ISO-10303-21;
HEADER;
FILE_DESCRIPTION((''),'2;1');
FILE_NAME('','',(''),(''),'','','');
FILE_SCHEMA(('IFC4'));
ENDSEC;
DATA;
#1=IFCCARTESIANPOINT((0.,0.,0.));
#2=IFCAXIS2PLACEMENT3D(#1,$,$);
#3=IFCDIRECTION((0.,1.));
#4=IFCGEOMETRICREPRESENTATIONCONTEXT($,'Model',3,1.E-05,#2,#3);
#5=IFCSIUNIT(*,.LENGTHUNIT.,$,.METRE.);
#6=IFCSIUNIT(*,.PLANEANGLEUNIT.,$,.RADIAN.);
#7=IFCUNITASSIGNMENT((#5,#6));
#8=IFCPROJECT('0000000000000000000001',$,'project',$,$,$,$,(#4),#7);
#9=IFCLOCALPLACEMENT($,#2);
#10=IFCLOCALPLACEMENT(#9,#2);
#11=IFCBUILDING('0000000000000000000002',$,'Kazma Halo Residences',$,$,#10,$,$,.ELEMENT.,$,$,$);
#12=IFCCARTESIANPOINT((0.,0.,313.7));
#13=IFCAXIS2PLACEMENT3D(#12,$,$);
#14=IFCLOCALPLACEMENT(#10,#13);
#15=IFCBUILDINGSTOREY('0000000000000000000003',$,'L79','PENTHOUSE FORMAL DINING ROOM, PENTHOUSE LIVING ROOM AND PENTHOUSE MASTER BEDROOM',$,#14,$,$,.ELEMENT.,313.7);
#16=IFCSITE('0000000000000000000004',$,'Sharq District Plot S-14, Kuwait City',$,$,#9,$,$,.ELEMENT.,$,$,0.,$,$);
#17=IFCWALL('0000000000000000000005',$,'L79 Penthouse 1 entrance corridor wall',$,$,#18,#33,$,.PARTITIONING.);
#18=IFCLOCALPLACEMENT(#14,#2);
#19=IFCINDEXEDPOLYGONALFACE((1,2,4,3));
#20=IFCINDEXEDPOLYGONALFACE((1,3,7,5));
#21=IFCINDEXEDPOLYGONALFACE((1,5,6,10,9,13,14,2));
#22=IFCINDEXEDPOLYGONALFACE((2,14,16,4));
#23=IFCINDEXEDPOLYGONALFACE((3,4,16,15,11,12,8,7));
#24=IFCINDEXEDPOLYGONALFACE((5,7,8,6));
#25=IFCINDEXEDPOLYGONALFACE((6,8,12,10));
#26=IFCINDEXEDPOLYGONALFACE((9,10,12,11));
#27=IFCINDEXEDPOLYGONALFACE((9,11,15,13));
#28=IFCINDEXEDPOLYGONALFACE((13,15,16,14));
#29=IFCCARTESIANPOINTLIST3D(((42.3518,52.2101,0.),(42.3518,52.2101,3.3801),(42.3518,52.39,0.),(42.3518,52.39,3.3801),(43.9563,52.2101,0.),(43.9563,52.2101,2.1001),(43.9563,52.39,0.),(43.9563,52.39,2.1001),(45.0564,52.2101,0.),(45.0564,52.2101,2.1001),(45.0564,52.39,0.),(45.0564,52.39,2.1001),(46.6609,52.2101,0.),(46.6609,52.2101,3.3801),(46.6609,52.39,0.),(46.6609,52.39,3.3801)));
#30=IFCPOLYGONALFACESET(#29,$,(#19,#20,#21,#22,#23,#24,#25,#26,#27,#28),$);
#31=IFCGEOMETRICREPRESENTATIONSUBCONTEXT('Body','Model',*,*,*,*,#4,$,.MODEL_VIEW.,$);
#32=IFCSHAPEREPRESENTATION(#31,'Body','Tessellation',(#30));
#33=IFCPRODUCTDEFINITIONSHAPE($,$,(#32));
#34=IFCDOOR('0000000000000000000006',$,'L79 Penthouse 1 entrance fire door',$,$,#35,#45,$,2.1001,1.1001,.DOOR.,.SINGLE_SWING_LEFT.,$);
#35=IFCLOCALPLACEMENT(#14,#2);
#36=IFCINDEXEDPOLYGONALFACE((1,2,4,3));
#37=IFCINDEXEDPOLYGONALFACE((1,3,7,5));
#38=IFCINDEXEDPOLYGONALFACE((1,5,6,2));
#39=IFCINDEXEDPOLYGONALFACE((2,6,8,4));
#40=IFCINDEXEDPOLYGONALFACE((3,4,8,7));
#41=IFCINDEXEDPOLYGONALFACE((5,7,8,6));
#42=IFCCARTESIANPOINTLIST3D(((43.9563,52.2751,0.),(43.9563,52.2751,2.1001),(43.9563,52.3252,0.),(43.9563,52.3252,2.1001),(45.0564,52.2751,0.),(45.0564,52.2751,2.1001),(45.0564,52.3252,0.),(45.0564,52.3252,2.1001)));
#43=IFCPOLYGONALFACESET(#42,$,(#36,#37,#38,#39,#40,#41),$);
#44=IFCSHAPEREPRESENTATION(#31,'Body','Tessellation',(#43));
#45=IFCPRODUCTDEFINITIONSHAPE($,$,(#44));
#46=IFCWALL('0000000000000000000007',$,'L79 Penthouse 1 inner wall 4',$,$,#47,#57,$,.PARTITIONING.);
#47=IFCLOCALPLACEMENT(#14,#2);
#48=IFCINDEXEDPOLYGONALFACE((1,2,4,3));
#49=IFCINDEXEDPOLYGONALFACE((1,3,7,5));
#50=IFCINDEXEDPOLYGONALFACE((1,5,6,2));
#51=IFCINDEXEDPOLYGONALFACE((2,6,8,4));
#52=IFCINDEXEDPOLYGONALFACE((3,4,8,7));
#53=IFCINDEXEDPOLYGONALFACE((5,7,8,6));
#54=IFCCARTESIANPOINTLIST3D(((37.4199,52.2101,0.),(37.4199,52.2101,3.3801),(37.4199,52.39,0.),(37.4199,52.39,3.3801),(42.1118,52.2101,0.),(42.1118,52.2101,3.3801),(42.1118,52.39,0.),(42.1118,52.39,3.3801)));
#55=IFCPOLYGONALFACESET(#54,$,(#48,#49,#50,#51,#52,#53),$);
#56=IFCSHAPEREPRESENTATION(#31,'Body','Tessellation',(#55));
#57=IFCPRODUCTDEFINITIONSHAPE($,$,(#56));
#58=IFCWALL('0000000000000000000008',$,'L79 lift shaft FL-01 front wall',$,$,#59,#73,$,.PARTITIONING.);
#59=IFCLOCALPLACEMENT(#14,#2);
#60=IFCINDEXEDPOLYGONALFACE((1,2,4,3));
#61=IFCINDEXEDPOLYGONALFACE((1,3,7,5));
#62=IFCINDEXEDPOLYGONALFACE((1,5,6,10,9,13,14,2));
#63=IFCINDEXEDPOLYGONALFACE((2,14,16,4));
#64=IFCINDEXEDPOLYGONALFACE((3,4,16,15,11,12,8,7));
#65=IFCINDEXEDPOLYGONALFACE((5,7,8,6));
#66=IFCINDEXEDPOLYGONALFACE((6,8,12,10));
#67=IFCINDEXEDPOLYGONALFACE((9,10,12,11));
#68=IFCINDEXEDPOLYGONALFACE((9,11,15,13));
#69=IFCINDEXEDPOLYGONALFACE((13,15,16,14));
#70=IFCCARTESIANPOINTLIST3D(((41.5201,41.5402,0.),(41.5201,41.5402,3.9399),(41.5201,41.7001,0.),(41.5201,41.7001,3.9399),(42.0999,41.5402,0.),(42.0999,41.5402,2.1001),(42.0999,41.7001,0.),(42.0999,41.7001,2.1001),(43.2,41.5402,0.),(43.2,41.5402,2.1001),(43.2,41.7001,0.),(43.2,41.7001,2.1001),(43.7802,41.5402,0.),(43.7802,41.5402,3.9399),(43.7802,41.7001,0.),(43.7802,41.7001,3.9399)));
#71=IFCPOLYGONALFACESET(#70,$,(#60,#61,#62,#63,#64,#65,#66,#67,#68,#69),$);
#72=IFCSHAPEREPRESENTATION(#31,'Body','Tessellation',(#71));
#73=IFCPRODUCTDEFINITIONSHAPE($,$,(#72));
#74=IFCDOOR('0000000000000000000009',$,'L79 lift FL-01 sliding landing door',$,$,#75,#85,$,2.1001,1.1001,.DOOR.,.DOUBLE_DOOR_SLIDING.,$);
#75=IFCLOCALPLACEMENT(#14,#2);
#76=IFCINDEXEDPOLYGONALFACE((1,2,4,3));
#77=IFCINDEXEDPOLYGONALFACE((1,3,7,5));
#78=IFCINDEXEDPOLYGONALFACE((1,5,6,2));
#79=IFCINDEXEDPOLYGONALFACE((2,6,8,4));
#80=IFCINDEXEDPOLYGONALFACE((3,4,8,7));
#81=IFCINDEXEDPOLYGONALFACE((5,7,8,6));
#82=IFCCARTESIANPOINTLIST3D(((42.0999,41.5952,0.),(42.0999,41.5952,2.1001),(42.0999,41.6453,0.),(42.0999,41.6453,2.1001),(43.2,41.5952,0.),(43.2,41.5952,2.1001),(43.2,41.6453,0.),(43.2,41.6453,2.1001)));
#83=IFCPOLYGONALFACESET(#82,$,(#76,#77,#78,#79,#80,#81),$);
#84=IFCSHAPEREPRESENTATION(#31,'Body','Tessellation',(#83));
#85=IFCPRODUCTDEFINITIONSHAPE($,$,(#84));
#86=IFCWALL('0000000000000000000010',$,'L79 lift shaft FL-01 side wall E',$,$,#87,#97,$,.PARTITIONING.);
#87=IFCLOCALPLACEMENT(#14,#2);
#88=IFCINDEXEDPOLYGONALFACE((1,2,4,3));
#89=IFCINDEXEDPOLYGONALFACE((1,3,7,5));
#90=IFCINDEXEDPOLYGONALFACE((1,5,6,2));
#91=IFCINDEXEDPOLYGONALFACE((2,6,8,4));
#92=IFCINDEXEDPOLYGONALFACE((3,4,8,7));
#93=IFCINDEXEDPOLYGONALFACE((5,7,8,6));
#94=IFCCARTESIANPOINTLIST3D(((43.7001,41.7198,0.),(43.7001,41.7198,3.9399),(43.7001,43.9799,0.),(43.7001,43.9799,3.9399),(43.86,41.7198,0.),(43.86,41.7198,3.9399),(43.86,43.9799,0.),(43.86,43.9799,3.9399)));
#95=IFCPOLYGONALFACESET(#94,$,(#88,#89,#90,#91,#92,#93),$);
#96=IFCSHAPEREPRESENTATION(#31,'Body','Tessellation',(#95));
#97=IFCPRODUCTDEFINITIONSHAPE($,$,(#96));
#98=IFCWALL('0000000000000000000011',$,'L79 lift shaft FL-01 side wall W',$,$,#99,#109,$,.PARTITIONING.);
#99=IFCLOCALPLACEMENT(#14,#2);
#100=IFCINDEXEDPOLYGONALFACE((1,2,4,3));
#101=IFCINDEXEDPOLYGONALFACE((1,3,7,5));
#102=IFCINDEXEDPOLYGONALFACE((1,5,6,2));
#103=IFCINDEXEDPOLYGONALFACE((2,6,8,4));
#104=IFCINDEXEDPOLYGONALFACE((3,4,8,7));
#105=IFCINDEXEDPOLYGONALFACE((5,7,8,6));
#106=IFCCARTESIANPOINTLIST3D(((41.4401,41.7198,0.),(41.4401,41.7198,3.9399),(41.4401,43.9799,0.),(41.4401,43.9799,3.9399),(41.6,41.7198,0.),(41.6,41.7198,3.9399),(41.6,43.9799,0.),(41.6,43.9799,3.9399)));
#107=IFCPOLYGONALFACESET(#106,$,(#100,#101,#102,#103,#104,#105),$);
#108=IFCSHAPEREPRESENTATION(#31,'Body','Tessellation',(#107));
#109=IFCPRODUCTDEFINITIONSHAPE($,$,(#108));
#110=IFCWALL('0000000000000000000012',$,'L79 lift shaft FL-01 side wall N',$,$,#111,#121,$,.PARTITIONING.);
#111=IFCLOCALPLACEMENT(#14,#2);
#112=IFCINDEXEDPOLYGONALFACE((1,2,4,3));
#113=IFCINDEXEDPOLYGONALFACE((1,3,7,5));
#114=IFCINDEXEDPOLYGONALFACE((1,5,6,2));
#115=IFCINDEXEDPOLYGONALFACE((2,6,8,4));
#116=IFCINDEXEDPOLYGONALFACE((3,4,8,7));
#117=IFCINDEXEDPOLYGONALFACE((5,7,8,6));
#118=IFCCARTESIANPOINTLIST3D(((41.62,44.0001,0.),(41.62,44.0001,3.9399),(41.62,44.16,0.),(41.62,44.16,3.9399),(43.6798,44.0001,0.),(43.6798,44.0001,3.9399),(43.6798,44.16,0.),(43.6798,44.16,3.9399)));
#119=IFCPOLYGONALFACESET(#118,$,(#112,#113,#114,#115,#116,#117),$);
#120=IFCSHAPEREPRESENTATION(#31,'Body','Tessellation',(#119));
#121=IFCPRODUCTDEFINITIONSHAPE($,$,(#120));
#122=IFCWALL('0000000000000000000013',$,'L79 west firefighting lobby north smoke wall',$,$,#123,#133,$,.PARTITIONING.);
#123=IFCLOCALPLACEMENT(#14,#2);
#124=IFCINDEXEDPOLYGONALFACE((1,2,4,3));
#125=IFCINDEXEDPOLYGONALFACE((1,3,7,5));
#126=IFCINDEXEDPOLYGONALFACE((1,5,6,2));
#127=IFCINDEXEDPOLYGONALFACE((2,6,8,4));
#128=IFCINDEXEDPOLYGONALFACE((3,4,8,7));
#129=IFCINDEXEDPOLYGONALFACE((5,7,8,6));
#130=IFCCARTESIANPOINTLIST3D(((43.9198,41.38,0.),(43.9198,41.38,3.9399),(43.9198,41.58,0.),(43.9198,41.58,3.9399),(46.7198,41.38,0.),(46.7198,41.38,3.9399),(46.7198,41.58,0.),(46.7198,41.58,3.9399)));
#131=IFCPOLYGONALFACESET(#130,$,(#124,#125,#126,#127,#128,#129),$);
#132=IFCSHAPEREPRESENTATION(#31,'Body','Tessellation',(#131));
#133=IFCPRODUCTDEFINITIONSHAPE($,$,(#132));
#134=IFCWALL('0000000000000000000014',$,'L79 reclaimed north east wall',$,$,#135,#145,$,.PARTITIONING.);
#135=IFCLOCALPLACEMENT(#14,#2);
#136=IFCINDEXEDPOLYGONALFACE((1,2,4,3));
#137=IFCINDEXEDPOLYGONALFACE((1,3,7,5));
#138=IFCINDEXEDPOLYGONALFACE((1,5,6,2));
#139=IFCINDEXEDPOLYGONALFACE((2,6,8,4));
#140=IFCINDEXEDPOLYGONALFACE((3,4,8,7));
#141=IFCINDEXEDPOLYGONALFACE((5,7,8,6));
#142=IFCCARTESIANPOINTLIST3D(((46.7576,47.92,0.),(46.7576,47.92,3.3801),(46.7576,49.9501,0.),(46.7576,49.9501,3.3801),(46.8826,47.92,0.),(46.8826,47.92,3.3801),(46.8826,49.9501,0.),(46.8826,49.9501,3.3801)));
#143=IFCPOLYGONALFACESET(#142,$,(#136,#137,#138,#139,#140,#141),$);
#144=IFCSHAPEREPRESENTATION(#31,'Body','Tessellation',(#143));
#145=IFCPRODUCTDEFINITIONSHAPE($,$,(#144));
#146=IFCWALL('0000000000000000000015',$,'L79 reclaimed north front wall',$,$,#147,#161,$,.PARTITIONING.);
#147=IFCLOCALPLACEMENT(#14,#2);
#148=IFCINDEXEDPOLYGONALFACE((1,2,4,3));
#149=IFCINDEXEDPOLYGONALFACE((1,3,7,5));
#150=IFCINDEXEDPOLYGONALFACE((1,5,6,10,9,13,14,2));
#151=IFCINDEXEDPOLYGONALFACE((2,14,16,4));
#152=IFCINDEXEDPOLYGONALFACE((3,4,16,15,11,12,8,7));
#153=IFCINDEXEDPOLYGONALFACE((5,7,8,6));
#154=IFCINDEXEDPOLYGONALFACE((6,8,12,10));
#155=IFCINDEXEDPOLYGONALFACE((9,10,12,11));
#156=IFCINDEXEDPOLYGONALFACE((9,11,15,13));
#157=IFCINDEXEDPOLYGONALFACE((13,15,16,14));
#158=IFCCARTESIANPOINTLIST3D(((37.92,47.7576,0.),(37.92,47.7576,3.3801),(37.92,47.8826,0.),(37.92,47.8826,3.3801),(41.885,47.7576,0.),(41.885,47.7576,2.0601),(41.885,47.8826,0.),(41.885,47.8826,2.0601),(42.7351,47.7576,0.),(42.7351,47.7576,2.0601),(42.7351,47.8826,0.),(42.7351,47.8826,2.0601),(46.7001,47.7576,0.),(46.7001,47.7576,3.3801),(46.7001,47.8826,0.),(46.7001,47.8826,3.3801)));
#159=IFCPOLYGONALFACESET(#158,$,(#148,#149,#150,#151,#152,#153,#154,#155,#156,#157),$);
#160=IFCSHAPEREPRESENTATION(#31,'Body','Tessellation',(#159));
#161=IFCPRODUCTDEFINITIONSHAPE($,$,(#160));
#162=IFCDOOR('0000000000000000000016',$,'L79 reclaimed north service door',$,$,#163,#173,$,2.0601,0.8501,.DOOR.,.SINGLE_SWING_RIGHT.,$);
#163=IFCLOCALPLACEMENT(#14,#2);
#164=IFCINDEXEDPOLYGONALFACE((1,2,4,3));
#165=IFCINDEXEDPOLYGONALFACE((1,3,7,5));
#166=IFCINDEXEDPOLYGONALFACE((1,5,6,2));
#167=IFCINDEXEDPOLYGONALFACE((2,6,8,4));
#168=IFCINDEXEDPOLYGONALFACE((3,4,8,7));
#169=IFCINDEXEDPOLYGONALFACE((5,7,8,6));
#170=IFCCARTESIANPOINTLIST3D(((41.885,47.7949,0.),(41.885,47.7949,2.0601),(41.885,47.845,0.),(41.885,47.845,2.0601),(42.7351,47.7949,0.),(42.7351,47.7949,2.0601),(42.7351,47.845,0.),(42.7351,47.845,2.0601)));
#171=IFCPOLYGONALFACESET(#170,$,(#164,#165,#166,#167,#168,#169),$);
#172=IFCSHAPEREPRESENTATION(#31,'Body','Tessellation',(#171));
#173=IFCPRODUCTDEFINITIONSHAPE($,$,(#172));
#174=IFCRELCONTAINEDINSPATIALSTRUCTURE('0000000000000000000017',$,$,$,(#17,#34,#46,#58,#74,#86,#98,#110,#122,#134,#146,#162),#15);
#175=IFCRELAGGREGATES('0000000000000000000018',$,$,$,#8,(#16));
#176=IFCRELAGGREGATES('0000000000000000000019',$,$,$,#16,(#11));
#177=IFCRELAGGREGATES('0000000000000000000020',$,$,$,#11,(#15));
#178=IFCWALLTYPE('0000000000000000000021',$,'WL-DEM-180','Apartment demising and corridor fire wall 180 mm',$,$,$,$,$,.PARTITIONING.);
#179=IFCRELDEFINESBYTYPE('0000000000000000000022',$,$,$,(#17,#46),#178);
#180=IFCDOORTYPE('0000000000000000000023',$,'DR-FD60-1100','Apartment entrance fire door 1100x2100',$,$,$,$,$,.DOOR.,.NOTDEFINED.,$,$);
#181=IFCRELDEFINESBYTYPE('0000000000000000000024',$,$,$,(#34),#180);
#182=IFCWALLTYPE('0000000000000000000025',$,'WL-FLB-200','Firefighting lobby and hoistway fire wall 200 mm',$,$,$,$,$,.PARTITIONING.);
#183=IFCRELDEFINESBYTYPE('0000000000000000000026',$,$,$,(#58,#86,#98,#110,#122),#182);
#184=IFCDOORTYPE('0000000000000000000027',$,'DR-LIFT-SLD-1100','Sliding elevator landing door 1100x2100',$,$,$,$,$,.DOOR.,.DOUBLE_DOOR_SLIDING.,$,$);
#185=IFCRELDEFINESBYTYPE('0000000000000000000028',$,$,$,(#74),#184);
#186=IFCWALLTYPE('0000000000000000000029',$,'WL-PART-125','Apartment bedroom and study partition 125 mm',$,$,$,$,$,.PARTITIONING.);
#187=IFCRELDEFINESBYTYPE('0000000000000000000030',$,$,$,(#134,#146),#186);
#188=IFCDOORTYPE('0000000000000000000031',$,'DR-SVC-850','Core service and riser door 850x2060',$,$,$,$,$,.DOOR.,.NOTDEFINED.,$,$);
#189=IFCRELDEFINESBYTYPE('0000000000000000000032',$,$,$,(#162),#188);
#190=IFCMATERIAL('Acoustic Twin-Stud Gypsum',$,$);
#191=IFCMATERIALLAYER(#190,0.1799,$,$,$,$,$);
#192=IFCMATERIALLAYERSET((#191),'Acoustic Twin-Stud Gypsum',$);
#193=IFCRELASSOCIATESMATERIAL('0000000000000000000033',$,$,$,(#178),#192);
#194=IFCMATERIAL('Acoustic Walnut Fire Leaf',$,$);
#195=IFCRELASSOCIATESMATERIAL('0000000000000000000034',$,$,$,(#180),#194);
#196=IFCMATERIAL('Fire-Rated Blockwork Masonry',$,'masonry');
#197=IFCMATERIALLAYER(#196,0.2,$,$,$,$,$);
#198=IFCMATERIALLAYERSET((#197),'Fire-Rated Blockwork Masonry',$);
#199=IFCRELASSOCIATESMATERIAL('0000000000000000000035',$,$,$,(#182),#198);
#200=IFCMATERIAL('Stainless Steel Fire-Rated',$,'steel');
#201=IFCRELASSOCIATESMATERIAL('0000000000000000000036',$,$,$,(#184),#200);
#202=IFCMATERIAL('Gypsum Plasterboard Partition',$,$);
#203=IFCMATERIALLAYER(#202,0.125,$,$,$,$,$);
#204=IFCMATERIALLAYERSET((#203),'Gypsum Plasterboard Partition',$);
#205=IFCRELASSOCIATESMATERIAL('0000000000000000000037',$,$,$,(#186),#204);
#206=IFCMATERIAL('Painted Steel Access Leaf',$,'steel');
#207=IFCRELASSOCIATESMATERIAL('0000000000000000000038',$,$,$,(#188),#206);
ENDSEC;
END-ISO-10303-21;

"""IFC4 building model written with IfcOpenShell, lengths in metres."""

from ifc_helpers import new_model, si_unit, direction, frame, frame_2d, origin, place, context, subcontext, project, spatial, rectangle, extrude, material, layer, layer_set, type_object, element, fill, save


model = new_model("IFC4")

# Units and contexts
model_context = context("Model", 3, precision=1e-05, world=origin(), true_north=direction((0.0, 1.0)))
body_context = subcontext(model_context, "Body", "Model", "MODEL_VIEW")
ifc_project = project(units=[si_unit("LENGTHUNIT", "METRE"), si_unit("PLANEANGLEUNIT", "RADIAN")], contexts=[model_context])

# Site, building, storey
site_placement = place(None, origin())
site = spatial("IfcSite", under=ifc_project, at=site_placement, Name="Sharq District Plot S-14, Kuwait City", CompositionType="ELEMENT", RefElevation=0.0)
building_placement = place(site_placement, origin())
building = spatial("IfcBuilding", under=site, at=building_placement, Name="Kazma Halo Residences", CompositionType="ELEMENT")
storey_placement = place(building_placement, frame((0.0, 0.0, 313.7)))
storey = spatial("IfcBuildingStorey", under=building, at=storey_placement, Name="L79", Description="PENTHOUSE FORMAL DINING ROOM, PENTHOUSE LIVING ROOM AND PENTHOUSE MASTER BEDROOM", CompositionType="ELEMENT", Elevation=313.7)

# Wall, opening, door
ifc_material_1 = material(Name="Acoustic Twin-Stud Gypsum")
ifc_layer_1 = layer(ifc_material_1, 0.1799)
ifc_layer_set_1 = layer_set([ifc_layer_1], Name="Acoustic Twin-Stud Gypsum")
wall_type_1 = type_object("IfcWallType", Name="WL-DEM-180", Description="Apartment demising and corridor fire wall 180 mm", PredefinedType="PARTITIONING", material=ifc_layer_set_1)
wall_1_placement = place(storey_placement, frame((46.6609, 52.3, 0.0), z_axis=(0.0, 0.0, 1.0), x_axis=(-1.0, 0.0, 0.0)))
wall_1 = element("IfcWall", 1, at=wall_1_placement, inside=storey, type_object=wall_type_1, Name="L79 Penthouse 1 entrance corridor wall", PredefinedType="PARTITIONING", context=body_context, shape_type="SweptSolid", body=[
    extrude(rectangle(XDim=4.3091, YDim=0.1799, at=frame_2d((2.1545, 0.0))), origin(), (0.0, 0.0, 1.0), 3.3801),
])
opening_1_placement = place(wall_1_placement, frame((1.6045, 0.0, 0.0)))
opening_1 = element("IfcOpeningElement", 2, at=opening_1_placement, cuts=wall_1, PredefinedType="OPENING", context=body_context, shape_type="SweptSolid", body=[
    extrude(rectangle(XDim=1.1001, YDim=2.1001, at=frame_2d((0.55, 1.05))), frame((0.0, 0.0999, 0.0), z_axis=(0.0, -1.0, 0.0), x_axis=(1.0, 0.0, 0.0)), (0.0, 0.0, 1.0), 0.2),
])
ifc_material_2 = material(Name="Acoustic Walnut Fire Leaf")
door_type_1 = type_object("IfcDoorType", Name="DR-FD60-1100", Description="Apartment entrance fire door 1100x2100", OperationType="NOTDEFINED", PredefinedType="DOOR", material=ifc_material_2)
door_1_placement = place(opening_1_placement, origin())
door_1 = element("IfcDoor", 3, at=door_1_placement, inside=storey, type_object=door_type_1, Name="L79 Penthouse 1 entrance fire door", OperationType="SINGLE_SWING_LEFT", OverallHeight=2.1001, OverallWidth=1.1001, PredefinedType="DOOR", context=body_context, shape_type="SweptSolid", body=[
    extrude(rectangle(XDim=1.1001, YDim=2.1001, at=frame_2d((0.55, 1.05))), frame((0.0, 0.0249, 0.0), z_axis=(0.0, -1.0, 0.0), x_axis=(1.0, 0.0, 0.0)), (0.0, 0.0, 1.0), 0.05),
])
fill(opening_1, door_1)

# Wall
wall_2_placement = place(storey_placement, frame((42.1118, 52.3, 0.0), z_axis=(0.0, 0.0, 1.0), x_axis=(-1.0, 0.0, 0.0)))
element("IfcWall", 4, at=wall_2_placement, inside=storey, type_object=wall_type_1, Name="L79 Penthouse 1 inner wall 4", PredefinedType="PARTITIONING", context=body_context, shape_type="SweptSolid", body=[
    extrude(rectangle(XDim=4.6919, YDim=0.1799, at=frame_2d((2.3459, 0.0))), origin(), (0.0, 0.0, 1.0), 3.3801),
])

# Wall, opening, door
ifc_material_3 = material(Name="Fire-Rated Blockwork Masonry", Category="masonry")
ifc_layer_2 = layer(ifc_material_3, 0.2)
ifc_layer_set_2 = layer_set([ifc_layer_2], Name="Fire-Rated Blockwork Masonry")
wall_type_2 = type_object("IfcWallType", Name="WL-FLB-200", Description="Firefighting lobby and hoistway fire wall 200 mm", PredefinedType="PARTITIONING", material=ifc_layer_set_2)
wall_3_placement = place(storey_placement, frame((43.78, 41.6201, 0.0), z_axis=(0.0, 0.0, 1.0), x_axis=(-1.0, 0.0, 0.0)))
wall_3 = element("IfcWall", 5, at=wall_3_placement, inside=storey, type_object=wall_type_2, Name="L79 lift shaft FL-01 front wall", PredefinedType="PARTITIONING", context=body_context, shape_type="SweptSolid", body=[
    extrude(rectangle(XDim=2.26, YDim=0.1599, at=frame_2d((1.1299, 0.0))), origin(), (0.0, 0.0, 1.0), 3.9399),
])
opening_2_placement = place(wall_3_placement, frame((0.5801, 0.0, 0.0)))
opening_2 = element("IfcOpeningElement", 6, at=opening_2_placement, cuts=wall_3, PredefinedType="OPENING", context=body_context, shape_type="SweptSolid", body=[
    extrude(rectangle(XDim=1.1001, YDim=2.1001, at=frame_2d((0.55, 1.05))), frame((0.0, 0.0898, 0.0), z_axis=(0.0, -1.0, 0.0), x_axis=(1.0, 0.0, 0.0)), (0.0, 0.0, 1.0), 0.1799),
])
ifc_material_4 = material(Name="Stainless Steel Fire-Rated", Category="steel")
door_type_2 = type_object("IfcDoorType", Name="DR-LIFT-SLD-1100", Description="Sliding elevator landing door 1100x2100", OperationType="DOUBLE_DOOR_SLIDING", PredefinedType="DOOR", material=ifc_material_4)
door_2_placement = place(opening_2_placement, origin())
door_2 = element("IfcDoor", 7, at=door_2_placement, inside=storey, type_object=door_type_2, Name="L79 lift FL-01 sliding landing door", OperationType="DOUBLE_DOOR_SLIDING", OverallHeight=2.1001, OverallWidth=1.1001, PredefinedType="DOOR", context=body_context, shape_type="SweptSolid", body=[
    extrude(rectangle(XDim=1.1001, YDim=2.1001, at=frame_2d((0.55, 1.05))), frame((0.0, 0.0249, 0.0), z_axis=(0.0, -1.0, 0.0), x_axis=(1.0, 0.0, 0.0)), (0.0, 0.0, 1.0), 0.05),
])
fill(opening_2, door_2)

# Walls
for number, where, z_axis, x_axis, name in (
    (8, (43.78, 41.72, 0.0), (0.0, 0.0, 1.0), (0.0, 1.0, 0.0), "L79 lift shaft FL-01 side wall E"),
    (9, (41.52, 41.72, 0.0), (0.0, 0.0, 1.0), (0.0, 1.0, 0.0), "L79 lift shaft FL-01 side wall W"),
):
    element("IfcWall", number, at=place(storey_placement, frame(where, z_axis=z_axis, x_axis=x_axis)), inside=storey, type_object=wall_type_2, Name=name, PredefinedType="PARTITIONING", context=body_context, shape_type="SweptSolid", body=[
        extrude(rectangle(XDim=2.26, YDim=0.1599, at=frame_2d((1.1299, 0.0))), origin(), (0.0, 0.0, 1.0), 3.9399),
    ])
wall_4_placement = place(storey_placement, frame((41.6201, 44.0801, 0.0), z_axis=(0.0, 0.0, 1.0), x_axis=(1.0, 0.0, 0.0)))
element("IfcWall", 10, at=wall_4_placement, inside=storey, type_object=wall_type_2, Name="L79 lift shaft FL-01 side wall N", PredefinedType="PARTITIONING", context=body_context, shape_type="SweptSolid", body=[
    extrude(rectangle(XDim=2.0598, YDim=0.1599, at=frame_2d((1.0298, 0.0))), origin(), (0.0, 0.0, 1.0), 3.9399),
])
wall_5_placement = place(storey_placement, frame((43.9199, 41.48, 0.0), z_axis=(0.0, 0.0, 1.0), x_axis=(1.0, 0.0, 0.0)))
element("IfcWall", 11, at=wall_5_placement, inside=storey, type_object=wall_type_2, Name="L79 west firefighting lobby north smoke wall", PredefinedType="PARTITIONING", context=body_context, shape_type="SweptSolid", body=[
    extrude(rectangle(XDim=2.8, YDim=0.2, at=frame_2d((1.3999, 0.0))), origin(), (0.0, 0.0, 1.0), 3.9399),
])
ifc_material_5 = material(Name="Gypsum Plasterboard Partition")
ifc_layer_3 = layer(ifc_material_5, 0.125)
ifc_layer_set_3 = layer_set([ifc_layer_3], Name="Gypsum Plasterboard Partition")
wall_type_3 = type_object("IfcWallType", Name="WL-PART-125", Description="Apartment bedroom and study partition 125 mm", PredefinedType="PARTITIONING", material=ifc_layer_set_3)
wall_6_placement = place(storey_placement, frame((46.8201, 47.9199, 0.0), z_axis=(0.0, 0.0, 1.0), x_axis=(0.0, 1.0, 0.0)))
element("IfcWall", 12, at=wall_6_placement, inside=storey, type_object=wall_type_3, Name="L79 reclaimed north east wall", PredefinedType="PARTITIONING", context=body_context, shape_type="SweptSolid", body=[
    extrude(rectangle(XDim=2.03, YDim=0.125, at=frame_2d((1.0151, 0.0))), origin(), (0.0, 0.0, 1.0), 3.3801),
])

# Wall, opening, door
wall_7_placement = place(storey_placement, frame((37.9199, 47.8201, 0.0), z_axis=(0.0, 0.0, 1.0), x_axis=(1.0, 0.0, 0.0)))
wall_7 = element("IfcWall", 13, at=wall_7_placement, inside=storey, type_object=wall_type_3, Name="L79 reclaimed north front wall", PredefinedType="PARTITIONING", context=body_context, shape_type="SweptSolid", body=[
    extrude(rectangle(XDim=8.78, YDim=0.125, at=frame_2d((4.3901, 0.0))), origin(), (0.0, 0.0, 1.0), 3.3801),
])
opening_3_placement = place(wall_7_placement, frame((3.9651, 0.0, 0.0)))
opening_3 = element("IfcOpeningElement", 14, at=opening_3_placement, cuts=wall_7, PredefinedType="OPENING", context=body_context, shape_type="SweptSolid", body=[
    extrude(rectangle(XDim=0.8501, YDim=2.0601, at=frame_2d((0.425, 1.03))), frame((0.0, 0.0725, 0.0), z_axis=(0.0, -1.0, 0.0), x_axis=(1.0, 0.0, 0.0)), (0.0, 0.0, 1.0), 0.145),
])
ifc_material_6 = material(Name="Painted Steel Access Leaf", Category="steel")
door_type_3 = type_object("IfcDoorType", Name="DR-SVC-850", Description="Core service and riser door 850x2060", OperationType="NOTDEFINED", PredefinedType="DOOR", material=ifc_material_6)
door_3_placement = place(opening_3_placement, origin())
door_3 = element("IfcDoor", 15, at=door_3_placement, inside=storey, type_object=door_type_3, Name="L79 reclaimed north service door", OperationType="SINGLE_SWING_RIGHT", OverallHeight=2.0601, OverallWidth=0.8501, PredefinedType="DOOR", context=body_context, shape_type="SweptSolid", body=[
    extrude(rectangle(XDim=0.8501, YDim=2.0601, at=frame_2d((0.425, 1.03))), frame((0.0, 0.0249, 0.0), z_axis=(0.0, -1.0, 0.0), x_axis=(1.0, 0.0, 0.0)), (0.0, 0.0, 1.0), 0.05),
])
fill(opening_3, door_3)

save(model, "model.ifc")
